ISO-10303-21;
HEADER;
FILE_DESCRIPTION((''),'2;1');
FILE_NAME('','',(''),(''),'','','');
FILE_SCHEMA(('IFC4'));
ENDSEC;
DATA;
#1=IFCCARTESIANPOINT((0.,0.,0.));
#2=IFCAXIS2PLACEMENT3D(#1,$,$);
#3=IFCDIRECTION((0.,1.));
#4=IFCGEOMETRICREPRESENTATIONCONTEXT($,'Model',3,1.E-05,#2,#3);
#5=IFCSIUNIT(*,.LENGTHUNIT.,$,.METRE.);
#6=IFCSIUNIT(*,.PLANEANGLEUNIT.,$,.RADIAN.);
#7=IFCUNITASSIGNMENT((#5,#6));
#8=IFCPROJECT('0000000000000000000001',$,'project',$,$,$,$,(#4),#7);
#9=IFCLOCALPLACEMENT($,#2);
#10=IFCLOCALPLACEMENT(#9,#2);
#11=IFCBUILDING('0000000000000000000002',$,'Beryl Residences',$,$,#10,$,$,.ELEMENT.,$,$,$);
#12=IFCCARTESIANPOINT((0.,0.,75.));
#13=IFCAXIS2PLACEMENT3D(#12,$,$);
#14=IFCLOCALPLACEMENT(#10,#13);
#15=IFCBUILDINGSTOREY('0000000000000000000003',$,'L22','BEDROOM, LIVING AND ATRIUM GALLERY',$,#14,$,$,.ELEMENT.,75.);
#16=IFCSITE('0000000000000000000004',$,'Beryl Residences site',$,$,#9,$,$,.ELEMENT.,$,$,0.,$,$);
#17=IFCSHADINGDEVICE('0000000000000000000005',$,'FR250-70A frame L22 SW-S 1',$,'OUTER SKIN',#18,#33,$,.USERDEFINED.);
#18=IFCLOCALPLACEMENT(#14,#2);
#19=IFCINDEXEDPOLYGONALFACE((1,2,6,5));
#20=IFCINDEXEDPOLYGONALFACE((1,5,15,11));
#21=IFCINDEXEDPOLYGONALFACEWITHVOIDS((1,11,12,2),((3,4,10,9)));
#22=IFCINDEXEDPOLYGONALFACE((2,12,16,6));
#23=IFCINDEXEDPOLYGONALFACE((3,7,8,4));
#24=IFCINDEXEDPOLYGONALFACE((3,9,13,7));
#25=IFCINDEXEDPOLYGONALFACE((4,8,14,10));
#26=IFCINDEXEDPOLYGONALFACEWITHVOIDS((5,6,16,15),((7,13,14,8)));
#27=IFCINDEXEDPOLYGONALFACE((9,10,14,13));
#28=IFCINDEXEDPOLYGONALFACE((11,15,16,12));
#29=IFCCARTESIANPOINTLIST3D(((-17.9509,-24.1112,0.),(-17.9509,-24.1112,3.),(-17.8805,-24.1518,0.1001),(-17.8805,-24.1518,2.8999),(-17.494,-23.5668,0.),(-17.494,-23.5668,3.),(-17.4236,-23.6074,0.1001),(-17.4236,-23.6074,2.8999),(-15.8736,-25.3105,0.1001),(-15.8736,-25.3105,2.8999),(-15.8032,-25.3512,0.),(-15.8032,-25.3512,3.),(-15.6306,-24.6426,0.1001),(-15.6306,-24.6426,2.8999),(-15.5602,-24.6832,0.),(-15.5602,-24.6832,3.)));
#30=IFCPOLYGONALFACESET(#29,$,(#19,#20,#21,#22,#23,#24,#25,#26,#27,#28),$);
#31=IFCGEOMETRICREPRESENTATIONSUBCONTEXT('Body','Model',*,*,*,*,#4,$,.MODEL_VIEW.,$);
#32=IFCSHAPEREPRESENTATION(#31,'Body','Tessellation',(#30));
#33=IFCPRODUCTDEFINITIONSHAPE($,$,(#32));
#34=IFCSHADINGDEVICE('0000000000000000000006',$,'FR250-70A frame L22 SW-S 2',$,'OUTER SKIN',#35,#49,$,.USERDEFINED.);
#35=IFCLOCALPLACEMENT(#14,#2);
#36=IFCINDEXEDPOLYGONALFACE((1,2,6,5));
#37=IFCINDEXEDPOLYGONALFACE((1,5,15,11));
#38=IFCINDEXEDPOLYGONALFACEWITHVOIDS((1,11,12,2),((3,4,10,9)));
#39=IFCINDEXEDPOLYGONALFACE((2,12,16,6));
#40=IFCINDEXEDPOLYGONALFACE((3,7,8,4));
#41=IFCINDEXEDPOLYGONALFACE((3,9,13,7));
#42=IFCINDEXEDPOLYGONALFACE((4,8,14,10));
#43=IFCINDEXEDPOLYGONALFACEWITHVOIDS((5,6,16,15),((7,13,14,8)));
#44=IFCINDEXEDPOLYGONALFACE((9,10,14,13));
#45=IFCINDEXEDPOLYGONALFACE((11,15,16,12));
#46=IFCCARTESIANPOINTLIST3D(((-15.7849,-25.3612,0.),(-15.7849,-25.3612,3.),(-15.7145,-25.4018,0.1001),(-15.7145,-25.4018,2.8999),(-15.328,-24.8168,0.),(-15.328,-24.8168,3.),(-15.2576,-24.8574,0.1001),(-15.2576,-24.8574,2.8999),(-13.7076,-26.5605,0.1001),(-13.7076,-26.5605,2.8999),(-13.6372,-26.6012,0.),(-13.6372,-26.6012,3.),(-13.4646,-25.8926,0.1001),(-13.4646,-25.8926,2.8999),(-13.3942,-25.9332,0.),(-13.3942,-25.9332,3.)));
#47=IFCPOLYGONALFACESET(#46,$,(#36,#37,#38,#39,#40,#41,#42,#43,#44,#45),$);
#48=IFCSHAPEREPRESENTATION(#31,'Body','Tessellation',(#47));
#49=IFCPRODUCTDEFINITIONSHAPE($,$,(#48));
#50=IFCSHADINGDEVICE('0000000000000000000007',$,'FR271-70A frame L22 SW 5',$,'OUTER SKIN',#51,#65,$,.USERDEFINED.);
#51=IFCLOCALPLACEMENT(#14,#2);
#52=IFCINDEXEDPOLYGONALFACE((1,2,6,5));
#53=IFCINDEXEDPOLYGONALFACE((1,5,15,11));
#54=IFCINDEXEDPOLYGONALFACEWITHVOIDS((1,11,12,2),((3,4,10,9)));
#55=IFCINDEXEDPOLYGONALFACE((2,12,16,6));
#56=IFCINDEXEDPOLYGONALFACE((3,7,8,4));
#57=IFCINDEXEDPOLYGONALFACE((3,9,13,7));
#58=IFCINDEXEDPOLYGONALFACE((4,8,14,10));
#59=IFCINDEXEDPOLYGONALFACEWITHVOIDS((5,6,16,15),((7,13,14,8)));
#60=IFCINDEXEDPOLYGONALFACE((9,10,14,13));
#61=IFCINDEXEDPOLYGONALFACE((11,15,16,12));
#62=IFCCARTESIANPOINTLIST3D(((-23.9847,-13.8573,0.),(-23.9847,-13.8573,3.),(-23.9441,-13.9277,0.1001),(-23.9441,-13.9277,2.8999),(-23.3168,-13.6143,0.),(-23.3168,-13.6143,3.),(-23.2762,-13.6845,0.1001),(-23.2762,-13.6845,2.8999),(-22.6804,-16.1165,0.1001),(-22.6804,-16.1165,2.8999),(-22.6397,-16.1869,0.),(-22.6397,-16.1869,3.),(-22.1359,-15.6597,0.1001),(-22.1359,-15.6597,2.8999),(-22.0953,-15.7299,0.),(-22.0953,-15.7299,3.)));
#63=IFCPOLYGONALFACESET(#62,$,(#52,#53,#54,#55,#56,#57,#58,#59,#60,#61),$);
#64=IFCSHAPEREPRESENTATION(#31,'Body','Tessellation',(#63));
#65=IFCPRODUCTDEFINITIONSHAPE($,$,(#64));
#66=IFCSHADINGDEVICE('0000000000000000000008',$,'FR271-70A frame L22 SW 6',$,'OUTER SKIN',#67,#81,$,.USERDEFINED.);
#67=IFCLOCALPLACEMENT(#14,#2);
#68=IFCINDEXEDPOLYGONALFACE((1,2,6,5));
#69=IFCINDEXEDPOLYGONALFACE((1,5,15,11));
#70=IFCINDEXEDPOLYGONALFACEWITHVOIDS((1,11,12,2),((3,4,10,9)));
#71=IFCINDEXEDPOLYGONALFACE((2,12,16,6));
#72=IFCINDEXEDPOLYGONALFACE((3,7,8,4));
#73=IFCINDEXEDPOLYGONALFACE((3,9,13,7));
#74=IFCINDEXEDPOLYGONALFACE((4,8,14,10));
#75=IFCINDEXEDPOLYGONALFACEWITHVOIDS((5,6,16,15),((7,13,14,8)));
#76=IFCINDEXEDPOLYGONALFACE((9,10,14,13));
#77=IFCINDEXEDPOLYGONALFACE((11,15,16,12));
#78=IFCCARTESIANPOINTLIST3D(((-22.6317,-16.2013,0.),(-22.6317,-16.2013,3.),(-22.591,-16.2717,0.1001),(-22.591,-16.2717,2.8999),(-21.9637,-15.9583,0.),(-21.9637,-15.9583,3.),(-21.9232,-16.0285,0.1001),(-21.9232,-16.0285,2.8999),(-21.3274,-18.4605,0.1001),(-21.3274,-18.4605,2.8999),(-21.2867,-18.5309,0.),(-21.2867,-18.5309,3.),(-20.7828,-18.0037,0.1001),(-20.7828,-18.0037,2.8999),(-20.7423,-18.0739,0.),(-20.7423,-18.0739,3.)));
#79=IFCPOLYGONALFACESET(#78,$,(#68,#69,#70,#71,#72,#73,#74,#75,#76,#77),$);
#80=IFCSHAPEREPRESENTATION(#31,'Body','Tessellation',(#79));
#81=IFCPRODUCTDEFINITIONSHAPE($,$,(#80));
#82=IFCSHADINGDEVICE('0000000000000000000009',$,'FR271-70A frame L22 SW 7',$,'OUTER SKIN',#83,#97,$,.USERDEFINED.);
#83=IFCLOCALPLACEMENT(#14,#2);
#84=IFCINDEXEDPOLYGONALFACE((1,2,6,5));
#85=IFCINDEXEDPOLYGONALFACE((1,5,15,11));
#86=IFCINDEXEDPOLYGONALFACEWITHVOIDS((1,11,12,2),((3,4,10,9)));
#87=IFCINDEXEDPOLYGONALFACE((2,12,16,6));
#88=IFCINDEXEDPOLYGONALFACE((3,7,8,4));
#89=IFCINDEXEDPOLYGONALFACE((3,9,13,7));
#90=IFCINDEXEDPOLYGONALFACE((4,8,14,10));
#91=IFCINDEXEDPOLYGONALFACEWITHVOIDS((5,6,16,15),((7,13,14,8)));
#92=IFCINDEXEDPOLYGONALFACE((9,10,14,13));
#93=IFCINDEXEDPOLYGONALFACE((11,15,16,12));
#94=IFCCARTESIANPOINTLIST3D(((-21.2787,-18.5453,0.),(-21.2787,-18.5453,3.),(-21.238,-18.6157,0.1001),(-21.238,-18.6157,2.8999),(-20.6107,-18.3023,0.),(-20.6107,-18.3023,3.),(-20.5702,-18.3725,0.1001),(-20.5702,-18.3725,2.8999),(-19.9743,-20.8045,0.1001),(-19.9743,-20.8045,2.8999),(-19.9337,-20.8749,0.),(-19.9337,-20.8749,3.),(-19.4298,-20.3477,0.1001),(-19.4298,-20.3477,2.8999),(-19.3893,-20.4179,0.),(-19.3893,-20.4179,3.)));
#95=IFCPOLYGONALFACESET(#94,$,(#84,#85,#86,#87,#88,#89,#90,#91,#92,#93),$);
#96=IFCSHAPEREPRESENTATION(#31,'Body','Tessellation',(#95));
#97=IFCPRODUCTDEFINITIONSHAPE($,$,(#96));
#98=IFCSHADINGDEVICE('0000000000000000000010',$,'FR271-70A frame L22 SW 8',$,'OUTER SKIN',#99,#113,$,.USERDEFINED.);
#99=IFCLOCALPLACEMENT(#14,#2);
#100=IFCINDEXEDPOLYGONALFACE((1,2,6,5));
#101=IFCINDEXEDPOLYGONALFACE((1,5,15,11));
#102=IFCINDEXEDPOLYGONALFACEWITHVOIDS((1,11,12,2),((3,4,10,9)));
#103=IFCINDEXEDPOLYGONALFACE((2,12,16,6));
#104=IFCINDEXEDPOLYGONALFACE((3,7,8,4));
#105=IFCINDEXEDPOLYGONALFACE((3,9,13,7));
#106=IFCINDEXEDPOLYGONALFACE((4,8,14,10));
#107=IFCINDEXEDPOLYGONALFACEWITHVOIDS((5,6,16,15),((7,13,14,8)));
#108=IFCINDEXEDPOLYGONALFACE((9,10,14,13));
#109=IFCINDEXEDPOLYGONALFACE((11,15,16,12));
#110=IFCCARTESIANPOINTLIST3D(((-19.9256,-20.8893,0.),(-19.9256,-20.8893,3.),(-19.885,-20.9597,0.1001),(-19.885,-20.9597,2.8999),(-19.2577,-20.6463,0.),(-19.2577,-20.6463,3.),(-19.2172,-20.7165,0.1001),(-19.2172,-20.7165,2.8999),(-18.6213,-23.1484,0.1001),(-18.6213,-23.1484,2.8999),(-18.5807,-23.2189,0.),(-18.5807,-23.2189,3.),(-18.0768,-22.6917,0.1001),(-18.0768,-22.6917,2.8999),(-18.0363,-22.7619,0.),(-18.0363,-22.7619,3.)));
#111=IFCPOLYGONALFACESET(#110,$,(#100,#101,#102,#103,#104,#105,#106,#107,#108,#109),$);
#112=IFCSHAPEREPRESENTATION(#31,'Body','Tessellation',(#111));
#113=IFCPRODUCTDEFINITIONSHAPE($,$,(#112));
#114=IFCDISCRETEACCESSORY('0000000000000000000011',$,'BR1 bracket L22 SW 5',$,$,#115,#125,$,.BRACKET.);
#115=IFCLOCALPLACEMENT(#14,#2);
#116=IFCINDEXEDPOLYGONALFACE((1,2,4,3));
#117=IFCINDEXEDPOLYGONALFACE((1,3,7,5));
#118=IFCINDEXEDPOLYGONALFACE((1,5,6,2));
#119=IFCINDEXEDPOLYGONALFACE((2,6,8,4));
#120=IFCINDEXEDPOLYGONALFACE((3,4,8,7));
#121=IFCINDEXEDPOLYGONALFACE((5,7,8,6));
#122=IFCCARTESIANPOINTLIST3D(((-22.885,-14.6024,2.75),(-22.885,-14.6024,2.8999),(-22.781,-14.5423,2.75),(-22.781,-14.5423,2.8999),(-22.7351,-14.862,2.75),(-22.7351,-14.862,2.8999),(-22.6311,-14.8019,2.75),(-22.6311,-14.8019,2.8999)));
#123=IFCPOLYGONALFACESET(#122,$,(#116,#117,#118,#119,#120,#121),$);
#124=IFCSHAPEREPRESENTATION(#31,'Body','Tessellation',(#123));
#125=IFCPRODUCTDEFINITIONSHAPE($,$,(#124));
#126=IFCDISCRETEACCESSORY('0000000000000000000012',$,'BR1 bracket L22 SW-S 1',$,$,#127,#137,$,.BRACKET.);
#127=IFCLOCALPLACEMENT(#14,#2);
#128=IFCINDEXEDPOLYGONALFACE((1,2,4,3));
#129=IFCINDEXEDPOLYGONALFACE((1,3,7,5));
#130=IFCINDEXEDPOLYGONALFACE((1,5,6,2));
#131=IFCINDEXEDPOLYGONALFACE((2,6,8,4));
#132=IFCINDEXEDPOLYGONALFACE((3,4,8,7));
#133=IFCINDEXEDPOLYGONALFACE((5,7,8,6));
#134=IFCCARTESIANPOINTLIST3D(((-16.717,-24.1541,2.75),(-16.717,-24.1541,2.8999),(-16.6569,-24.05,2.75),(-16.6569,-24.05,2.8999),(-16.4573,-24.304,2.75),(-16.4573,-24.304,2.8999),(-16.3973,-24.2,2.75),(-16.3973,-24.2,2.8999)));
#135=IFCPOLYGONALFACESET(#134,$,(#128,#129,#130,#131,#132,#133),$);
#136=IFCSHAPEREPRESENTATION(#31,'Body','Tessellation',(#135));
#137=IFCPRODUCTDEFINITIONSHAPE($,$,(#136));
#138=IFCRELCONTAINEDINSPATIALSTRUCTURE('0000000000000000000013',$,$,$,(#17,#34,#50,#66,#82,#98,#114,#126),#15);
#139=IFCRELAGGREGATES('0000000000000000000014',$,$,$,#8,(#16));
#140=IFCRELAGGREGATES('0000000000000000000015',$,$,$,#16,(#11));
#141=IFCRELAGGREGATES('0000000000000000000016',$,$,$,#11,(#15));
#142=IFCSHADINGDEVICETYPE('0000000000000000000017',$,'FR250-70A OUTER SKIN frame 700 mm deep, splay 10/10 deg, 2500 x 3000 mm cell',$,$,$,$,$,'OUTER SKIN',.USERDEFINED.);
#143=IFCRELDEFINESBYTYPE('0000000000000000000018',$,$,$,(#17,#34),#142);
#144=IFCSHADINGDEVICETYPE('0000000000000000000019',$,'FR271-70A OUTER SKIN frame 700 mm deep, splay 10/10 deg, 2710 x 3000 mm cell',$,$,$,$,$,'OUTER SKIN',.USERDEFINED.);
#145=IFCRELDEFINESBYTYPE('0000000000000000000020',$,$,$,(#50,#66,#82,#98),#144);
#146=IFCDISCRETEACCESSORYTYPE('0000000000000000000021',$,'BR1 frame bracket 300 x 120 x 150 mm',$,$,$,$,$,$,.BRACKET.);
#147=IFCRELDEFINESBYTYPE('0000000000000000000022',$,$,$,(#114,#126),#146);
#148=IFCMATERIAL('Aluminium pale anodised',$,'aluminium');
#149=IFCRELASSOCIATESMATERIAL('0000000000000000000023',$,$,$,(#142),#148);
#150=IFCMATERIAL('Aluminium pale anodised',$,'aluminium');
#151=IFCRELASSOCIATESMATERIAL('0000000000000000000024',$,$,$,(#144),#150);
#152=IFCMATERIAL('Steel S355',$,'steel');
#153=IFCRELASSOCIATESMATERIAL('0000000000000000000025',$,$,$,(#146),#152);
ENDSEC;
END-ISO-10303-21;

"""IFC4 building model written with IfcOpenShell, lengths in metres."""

from ifc_helpers import new_model, entity, si_unit, direction, frame, origin, place, context, subcontext, project, spatial, polyline, outline, extrude, source, transform, mapped, material, type_object, type_shapes, element, save


model = new_model("IFC4")

# Units and contexts
model_context = context("Model", 3, precision=1e-05, world=origin(), true_north=direction((0.0, 1.0)))
body_context = subcontext(model_context, "Body", "Model", "MODEL_VIEW")
ifc_project = project(units=[si_unit("LENGTHUNIT", "METRE"), si_unit("PLANEANGLEUNIT", "RADIAN")], contexts=[model_context])

# Site, building, storey
site_placement = place(None, origin())
site = spatial("IfcSite", under=ifc_project, at=site_placement, Name="Beryl Residences site", CompositionType="ELEMENT", RefElevation=0.0)
building_placement = place(site_placement, origin())
building = spatial("IfcBuilding", under=site, at=building_placement, Name="Beryl Residences", CompositionType="ELEMENT")
storey_placement = place(building_placement, frame((0.0, 0.0, 75.0)))
storey = spatial("IfcBuildingStorey", under=building, at=storey_placement, Name="L22", Description="BEDROOM, LIVING AND ATRIUM GALLERY", CompositionType="ELEMENT", Elevation=75.0)

# Shading devices
ifc_material_1 = material(Name="Aluminium pale anodised", Category="aluminium")
shading_device_type_1 = type_object("IfcShadingDeviceType", Name="FR250-70A OUTER SKIN frame 700 mm deep, splay 10/10 deg, 2500 x 3000 mm cell", ElementType="OUTER SKIN", PredefinedType="USERDEFINED", material=ifc_material_1)
cartesian_point_1 = entity("IfcCartesianPoint", [-1.1165, 0.0])
cartesian_point_2 = entity("IfcCartesianPoint", [-1.0352, 0.1001])
cartesian_point_3 = entity("IfcCartesianPoint", [-1.24, 0.0])
cartesian_point_4 = entity("IfcCartesianPoint", [-1.1587, 0.1001])
shared_shape_1 = source(origin(), body_context, "Body", "SweptSolid", [
    entity("IfcExtrudedAreaSolidTapered", entity("IfcArbitraryProfileDefWithVoids", "AREA", None, entity("IfcPolyline", [cartesian_point_1, entity("IfcCartesianPoint", [1.1165, 0.0]), entity("IfcCartesianPoint", [1.1165, 3.0]), entity("IfcCartesianPoint", [-1.1165, 3.0]), cartesian_point_1]), [entity("IfcPolyline", [cartesian_point_2, entity("IfcCartesianPoint", [1.0352, 0.1001]), entity("IfcCartesianPoint", [1.0352, 2.8999]), entity("IfcCartesianPoint", [-1.0352, 2.8999]), cartesian_point_2])]), entity("IfcAxis2Placement3D", entity("IfcCartesianPoint", [0.0, 0.0, 0.0]), entity("IfcDirection", [0.0, 1.0, 0.0]), entity("IfcDirection", [-1.0, 0.0, 0.0])), entity("IfcDirection", [0.0, 0.0, 1.0]), 0.7, entity("IfcArbitraryProfileDefWithVoids", "AREA", None, entity("IfcPolyline", [cartesian_point_3, entity("IfcCartesianPoint", [1.24, 0.0]), entity("IfcCartesianPoint", [1.24, 3.0]), entity("IfcCartesianPoint", [-1.24, 3.0]), cartesian_point_3]), [entity("IfcPolyline", [cartesian_point_4, entity("IfcCartesianPoint", [1.1587, 0.1001]), entity("IfcCartesianPoint", [1.1587, 2.8999]), entity("IfcCartesianPoint", [-1.1587, 2.8999]), cartesian_point_4])])),
])
type_shapes(shading_device_type_1, [shared_shape_1])
for number, where, z_axis, x_axis, name in (
    (1, (-16.5271, -24.125, 0.0), (0.0, 0.0, 1.0), (-0.866025, 0.5, 0.0), "FR250-70A frame L22 SW-S 1"),
    (2, (-14.3611, -25.375, 0.0), (0.0, 0.0, 1.0), (-0.866025, 0.5, 0.0), "FR250-70A frame L22 SW-S 2"),
):
    element("IfcShadingDevice", number, at=place(storey_placement, frame(where, z_axis=z_axis, x_axis=x_axis)), inside=storey, type_object=shading_device_type_1, Name=name, ObjectType="OUTER SKIN", PredefinedType="USERDEFINED", context=body_context, shape_type="MappedRepresentation", body=[
        mapped(shared_shape_1, transform((0.0, 0.0, 0.0))),
    ])
ifc_material_2 = material(Name="Aluminium pale anodised", Category="aluminium")
shading_device_type_2 = type_object("IfcShadingDeviceType", Name="FR271-70A OUTER SKIN frame 700 mm deep, splay 10/10 deg, 2710 x 3000 mm cell", ElementType="OUTER SKIN", PredefinedType="USERDEFINED", material=ifc_material_2)
cartesian_point_5 = entity("IfcCartesianPoint", [-1.2214, 0.0])
cartesian_point_6 = entity("IfcCartesianPoint", [-1.1404, 0.1001])
cartesian_point_7 = entity("IfcCartesianPoint", [-1.345, 0.0])
cartesian_point_8 = entity("IfcCartesianPoint", [-1.2637, 0.1001])
shared_shape_2 = source(origin(), body_context, "Body", "SweptSolid", [
    entity("IfcExtrudedAreaSolidTapered", entity("IfcArbitraryProfileDefWithVoids", "AREA", None, entity("IfcPolyline", [cartesian_point_5, entity("IfcCartesianPoint", [1.2214, 0.0]), entity("IfcCartesianPoint", [1.2214, 3.0]), entity("IfcCartesianPoint", [-1.2214, 3.0]), cartesian_point_5]), [entity("IfcPolyline", [cartesian_point_6, entity("IfcCartesianPoint", [1.1404, 0.1001]), entity("IfcCartesianPoint", [1.1404, 2.8999]), entity("IfcCartesianPoint", [-1.1404, 2.8999]), cartesian_point_6])]), entity("IfcAxis2Placement3D", entity("IfcCartesianPoint", [0.0, 0.0, 0.0]), entity("IfcDirection", [0.0, 1.0, 0.0]), entity("IfcDirection", [-1.0, 0.0, 0.0])), entity("IfcDirection", [0.0, 0.0, 1.0]), 0.7, entity("IfcArbitraryProfileDefWithVoids", "AREA", None, entity("IfcPolyline", [cartesian_point_7, entity("IfcCartesianPoint", [1.345, 0.0]), entity("IfcCartesianPoint", [1.345, 3.0]), entity("IfcCartesianPoint", [-1.345, 3.0]), cartesian_point_7]), [entity("IfcPolyline", [cartesian_point_8, entity("IfcCartesianPoint", [1.2637, 0.1001]), entity("IfcCartesianPoint", [1.2637, 2.8999]), entity("IfcCartesianPoint", [-1.2637, 2.8999]), cartesian_point_8])])),
])
type_shapes(shading_device_type_2, [shared_shape_2])
for number, where, z_axis, x_axis, name in (
    (3, (-22.7061, -14.6721, 0.0), (0.0, 0.0, 1.0), (-0.5, 0.866025, 0.0), "FR271-70A frame L22 SW 5"),
    (4, (-21.353, -17.0161, 0.0), (0.0, 0.0, 1.0), (-0.5, 0.866025, 0.0), "FR271-70A frame L22 SW 6"),
    (5, (-20.0, -19.3601, 0.0), (0.0, 0.0, 1.0), (-0.5, 0.866025, 0.0), "FR271-70A frame L22 SW 7"),
    (6, (-18.647, -21.7041, 0.0), (0.0, 0.0, 1.0), (-0.5, 0.866025, 0.0), "FR271-70A frame L22 SW 8"),
):
    element("IfcShadingDevice", number, at=place(storey_placement, frame(where, z_axis=z_axis, x_axis=x_axis)), inside=storey, type_object=shading_device_type_2, Name=name, ObjectType="OUTER SKIN", PredefinedType="USERDEFINED", context=body_context, shape_type="MappedRepresentation", body=[
        mapped(shared_shape_2, transform((0.0, 0.0, 0.0))),
    ])

# Discrete accessories
ifc_material_3 = material(Name="Steel S355", Category="steel")
discrete_accessory_type = type_object("IfcDiscreteAccessoryType", Name="BR1 frame bracket 300 x 120 x 150 mm", PredefinedType="BRACKET", material=ifc_material_3)
shared_shape_3 = source(origin(), body_context, "Body", "SweptSolid", [
    extrude(outline(polyline([(-0.1499, 0.0), (0.1499, 0.0), (0.1499, 0.1201), (-0.1499, 0.1201), (-0.1499, 0.0)])), origin(), (0.0, 0.0, 1.0), 0.1499),
])
type_shapes(discrete_accessory_type, [shared_shape_3])
for number, where, z_axis, x_axis, name in (
    (7, (-22.7061, -14.6721, 2.75), (0.0, 0.0, 1.0), (-0.5, 0.866025, 0.0), "BR1 bracket L22 SW 5"),
    (8, (-16.5271, -24.125, 2.75), (0.0, 0.0, 1.0), (-0.866025, 0.5, 0.0), "BR1 bracket L22 SW-S 1"),
):
    element("IfcDiscreteAccessory", number, at=place(storey_placement, frame(where, z_axis=z_axis, x_axis=x_axis)), inside=storey, type_object=discrete_accessory_type, Name=name, PredefinedType="BRACKET", context=body_context, shape_type="MappedRepresentation", body=[
        mapped(shared_shape_3, transform((0.0, 0.0, 0.0))),
    ])

save(model, "model.ifc")
